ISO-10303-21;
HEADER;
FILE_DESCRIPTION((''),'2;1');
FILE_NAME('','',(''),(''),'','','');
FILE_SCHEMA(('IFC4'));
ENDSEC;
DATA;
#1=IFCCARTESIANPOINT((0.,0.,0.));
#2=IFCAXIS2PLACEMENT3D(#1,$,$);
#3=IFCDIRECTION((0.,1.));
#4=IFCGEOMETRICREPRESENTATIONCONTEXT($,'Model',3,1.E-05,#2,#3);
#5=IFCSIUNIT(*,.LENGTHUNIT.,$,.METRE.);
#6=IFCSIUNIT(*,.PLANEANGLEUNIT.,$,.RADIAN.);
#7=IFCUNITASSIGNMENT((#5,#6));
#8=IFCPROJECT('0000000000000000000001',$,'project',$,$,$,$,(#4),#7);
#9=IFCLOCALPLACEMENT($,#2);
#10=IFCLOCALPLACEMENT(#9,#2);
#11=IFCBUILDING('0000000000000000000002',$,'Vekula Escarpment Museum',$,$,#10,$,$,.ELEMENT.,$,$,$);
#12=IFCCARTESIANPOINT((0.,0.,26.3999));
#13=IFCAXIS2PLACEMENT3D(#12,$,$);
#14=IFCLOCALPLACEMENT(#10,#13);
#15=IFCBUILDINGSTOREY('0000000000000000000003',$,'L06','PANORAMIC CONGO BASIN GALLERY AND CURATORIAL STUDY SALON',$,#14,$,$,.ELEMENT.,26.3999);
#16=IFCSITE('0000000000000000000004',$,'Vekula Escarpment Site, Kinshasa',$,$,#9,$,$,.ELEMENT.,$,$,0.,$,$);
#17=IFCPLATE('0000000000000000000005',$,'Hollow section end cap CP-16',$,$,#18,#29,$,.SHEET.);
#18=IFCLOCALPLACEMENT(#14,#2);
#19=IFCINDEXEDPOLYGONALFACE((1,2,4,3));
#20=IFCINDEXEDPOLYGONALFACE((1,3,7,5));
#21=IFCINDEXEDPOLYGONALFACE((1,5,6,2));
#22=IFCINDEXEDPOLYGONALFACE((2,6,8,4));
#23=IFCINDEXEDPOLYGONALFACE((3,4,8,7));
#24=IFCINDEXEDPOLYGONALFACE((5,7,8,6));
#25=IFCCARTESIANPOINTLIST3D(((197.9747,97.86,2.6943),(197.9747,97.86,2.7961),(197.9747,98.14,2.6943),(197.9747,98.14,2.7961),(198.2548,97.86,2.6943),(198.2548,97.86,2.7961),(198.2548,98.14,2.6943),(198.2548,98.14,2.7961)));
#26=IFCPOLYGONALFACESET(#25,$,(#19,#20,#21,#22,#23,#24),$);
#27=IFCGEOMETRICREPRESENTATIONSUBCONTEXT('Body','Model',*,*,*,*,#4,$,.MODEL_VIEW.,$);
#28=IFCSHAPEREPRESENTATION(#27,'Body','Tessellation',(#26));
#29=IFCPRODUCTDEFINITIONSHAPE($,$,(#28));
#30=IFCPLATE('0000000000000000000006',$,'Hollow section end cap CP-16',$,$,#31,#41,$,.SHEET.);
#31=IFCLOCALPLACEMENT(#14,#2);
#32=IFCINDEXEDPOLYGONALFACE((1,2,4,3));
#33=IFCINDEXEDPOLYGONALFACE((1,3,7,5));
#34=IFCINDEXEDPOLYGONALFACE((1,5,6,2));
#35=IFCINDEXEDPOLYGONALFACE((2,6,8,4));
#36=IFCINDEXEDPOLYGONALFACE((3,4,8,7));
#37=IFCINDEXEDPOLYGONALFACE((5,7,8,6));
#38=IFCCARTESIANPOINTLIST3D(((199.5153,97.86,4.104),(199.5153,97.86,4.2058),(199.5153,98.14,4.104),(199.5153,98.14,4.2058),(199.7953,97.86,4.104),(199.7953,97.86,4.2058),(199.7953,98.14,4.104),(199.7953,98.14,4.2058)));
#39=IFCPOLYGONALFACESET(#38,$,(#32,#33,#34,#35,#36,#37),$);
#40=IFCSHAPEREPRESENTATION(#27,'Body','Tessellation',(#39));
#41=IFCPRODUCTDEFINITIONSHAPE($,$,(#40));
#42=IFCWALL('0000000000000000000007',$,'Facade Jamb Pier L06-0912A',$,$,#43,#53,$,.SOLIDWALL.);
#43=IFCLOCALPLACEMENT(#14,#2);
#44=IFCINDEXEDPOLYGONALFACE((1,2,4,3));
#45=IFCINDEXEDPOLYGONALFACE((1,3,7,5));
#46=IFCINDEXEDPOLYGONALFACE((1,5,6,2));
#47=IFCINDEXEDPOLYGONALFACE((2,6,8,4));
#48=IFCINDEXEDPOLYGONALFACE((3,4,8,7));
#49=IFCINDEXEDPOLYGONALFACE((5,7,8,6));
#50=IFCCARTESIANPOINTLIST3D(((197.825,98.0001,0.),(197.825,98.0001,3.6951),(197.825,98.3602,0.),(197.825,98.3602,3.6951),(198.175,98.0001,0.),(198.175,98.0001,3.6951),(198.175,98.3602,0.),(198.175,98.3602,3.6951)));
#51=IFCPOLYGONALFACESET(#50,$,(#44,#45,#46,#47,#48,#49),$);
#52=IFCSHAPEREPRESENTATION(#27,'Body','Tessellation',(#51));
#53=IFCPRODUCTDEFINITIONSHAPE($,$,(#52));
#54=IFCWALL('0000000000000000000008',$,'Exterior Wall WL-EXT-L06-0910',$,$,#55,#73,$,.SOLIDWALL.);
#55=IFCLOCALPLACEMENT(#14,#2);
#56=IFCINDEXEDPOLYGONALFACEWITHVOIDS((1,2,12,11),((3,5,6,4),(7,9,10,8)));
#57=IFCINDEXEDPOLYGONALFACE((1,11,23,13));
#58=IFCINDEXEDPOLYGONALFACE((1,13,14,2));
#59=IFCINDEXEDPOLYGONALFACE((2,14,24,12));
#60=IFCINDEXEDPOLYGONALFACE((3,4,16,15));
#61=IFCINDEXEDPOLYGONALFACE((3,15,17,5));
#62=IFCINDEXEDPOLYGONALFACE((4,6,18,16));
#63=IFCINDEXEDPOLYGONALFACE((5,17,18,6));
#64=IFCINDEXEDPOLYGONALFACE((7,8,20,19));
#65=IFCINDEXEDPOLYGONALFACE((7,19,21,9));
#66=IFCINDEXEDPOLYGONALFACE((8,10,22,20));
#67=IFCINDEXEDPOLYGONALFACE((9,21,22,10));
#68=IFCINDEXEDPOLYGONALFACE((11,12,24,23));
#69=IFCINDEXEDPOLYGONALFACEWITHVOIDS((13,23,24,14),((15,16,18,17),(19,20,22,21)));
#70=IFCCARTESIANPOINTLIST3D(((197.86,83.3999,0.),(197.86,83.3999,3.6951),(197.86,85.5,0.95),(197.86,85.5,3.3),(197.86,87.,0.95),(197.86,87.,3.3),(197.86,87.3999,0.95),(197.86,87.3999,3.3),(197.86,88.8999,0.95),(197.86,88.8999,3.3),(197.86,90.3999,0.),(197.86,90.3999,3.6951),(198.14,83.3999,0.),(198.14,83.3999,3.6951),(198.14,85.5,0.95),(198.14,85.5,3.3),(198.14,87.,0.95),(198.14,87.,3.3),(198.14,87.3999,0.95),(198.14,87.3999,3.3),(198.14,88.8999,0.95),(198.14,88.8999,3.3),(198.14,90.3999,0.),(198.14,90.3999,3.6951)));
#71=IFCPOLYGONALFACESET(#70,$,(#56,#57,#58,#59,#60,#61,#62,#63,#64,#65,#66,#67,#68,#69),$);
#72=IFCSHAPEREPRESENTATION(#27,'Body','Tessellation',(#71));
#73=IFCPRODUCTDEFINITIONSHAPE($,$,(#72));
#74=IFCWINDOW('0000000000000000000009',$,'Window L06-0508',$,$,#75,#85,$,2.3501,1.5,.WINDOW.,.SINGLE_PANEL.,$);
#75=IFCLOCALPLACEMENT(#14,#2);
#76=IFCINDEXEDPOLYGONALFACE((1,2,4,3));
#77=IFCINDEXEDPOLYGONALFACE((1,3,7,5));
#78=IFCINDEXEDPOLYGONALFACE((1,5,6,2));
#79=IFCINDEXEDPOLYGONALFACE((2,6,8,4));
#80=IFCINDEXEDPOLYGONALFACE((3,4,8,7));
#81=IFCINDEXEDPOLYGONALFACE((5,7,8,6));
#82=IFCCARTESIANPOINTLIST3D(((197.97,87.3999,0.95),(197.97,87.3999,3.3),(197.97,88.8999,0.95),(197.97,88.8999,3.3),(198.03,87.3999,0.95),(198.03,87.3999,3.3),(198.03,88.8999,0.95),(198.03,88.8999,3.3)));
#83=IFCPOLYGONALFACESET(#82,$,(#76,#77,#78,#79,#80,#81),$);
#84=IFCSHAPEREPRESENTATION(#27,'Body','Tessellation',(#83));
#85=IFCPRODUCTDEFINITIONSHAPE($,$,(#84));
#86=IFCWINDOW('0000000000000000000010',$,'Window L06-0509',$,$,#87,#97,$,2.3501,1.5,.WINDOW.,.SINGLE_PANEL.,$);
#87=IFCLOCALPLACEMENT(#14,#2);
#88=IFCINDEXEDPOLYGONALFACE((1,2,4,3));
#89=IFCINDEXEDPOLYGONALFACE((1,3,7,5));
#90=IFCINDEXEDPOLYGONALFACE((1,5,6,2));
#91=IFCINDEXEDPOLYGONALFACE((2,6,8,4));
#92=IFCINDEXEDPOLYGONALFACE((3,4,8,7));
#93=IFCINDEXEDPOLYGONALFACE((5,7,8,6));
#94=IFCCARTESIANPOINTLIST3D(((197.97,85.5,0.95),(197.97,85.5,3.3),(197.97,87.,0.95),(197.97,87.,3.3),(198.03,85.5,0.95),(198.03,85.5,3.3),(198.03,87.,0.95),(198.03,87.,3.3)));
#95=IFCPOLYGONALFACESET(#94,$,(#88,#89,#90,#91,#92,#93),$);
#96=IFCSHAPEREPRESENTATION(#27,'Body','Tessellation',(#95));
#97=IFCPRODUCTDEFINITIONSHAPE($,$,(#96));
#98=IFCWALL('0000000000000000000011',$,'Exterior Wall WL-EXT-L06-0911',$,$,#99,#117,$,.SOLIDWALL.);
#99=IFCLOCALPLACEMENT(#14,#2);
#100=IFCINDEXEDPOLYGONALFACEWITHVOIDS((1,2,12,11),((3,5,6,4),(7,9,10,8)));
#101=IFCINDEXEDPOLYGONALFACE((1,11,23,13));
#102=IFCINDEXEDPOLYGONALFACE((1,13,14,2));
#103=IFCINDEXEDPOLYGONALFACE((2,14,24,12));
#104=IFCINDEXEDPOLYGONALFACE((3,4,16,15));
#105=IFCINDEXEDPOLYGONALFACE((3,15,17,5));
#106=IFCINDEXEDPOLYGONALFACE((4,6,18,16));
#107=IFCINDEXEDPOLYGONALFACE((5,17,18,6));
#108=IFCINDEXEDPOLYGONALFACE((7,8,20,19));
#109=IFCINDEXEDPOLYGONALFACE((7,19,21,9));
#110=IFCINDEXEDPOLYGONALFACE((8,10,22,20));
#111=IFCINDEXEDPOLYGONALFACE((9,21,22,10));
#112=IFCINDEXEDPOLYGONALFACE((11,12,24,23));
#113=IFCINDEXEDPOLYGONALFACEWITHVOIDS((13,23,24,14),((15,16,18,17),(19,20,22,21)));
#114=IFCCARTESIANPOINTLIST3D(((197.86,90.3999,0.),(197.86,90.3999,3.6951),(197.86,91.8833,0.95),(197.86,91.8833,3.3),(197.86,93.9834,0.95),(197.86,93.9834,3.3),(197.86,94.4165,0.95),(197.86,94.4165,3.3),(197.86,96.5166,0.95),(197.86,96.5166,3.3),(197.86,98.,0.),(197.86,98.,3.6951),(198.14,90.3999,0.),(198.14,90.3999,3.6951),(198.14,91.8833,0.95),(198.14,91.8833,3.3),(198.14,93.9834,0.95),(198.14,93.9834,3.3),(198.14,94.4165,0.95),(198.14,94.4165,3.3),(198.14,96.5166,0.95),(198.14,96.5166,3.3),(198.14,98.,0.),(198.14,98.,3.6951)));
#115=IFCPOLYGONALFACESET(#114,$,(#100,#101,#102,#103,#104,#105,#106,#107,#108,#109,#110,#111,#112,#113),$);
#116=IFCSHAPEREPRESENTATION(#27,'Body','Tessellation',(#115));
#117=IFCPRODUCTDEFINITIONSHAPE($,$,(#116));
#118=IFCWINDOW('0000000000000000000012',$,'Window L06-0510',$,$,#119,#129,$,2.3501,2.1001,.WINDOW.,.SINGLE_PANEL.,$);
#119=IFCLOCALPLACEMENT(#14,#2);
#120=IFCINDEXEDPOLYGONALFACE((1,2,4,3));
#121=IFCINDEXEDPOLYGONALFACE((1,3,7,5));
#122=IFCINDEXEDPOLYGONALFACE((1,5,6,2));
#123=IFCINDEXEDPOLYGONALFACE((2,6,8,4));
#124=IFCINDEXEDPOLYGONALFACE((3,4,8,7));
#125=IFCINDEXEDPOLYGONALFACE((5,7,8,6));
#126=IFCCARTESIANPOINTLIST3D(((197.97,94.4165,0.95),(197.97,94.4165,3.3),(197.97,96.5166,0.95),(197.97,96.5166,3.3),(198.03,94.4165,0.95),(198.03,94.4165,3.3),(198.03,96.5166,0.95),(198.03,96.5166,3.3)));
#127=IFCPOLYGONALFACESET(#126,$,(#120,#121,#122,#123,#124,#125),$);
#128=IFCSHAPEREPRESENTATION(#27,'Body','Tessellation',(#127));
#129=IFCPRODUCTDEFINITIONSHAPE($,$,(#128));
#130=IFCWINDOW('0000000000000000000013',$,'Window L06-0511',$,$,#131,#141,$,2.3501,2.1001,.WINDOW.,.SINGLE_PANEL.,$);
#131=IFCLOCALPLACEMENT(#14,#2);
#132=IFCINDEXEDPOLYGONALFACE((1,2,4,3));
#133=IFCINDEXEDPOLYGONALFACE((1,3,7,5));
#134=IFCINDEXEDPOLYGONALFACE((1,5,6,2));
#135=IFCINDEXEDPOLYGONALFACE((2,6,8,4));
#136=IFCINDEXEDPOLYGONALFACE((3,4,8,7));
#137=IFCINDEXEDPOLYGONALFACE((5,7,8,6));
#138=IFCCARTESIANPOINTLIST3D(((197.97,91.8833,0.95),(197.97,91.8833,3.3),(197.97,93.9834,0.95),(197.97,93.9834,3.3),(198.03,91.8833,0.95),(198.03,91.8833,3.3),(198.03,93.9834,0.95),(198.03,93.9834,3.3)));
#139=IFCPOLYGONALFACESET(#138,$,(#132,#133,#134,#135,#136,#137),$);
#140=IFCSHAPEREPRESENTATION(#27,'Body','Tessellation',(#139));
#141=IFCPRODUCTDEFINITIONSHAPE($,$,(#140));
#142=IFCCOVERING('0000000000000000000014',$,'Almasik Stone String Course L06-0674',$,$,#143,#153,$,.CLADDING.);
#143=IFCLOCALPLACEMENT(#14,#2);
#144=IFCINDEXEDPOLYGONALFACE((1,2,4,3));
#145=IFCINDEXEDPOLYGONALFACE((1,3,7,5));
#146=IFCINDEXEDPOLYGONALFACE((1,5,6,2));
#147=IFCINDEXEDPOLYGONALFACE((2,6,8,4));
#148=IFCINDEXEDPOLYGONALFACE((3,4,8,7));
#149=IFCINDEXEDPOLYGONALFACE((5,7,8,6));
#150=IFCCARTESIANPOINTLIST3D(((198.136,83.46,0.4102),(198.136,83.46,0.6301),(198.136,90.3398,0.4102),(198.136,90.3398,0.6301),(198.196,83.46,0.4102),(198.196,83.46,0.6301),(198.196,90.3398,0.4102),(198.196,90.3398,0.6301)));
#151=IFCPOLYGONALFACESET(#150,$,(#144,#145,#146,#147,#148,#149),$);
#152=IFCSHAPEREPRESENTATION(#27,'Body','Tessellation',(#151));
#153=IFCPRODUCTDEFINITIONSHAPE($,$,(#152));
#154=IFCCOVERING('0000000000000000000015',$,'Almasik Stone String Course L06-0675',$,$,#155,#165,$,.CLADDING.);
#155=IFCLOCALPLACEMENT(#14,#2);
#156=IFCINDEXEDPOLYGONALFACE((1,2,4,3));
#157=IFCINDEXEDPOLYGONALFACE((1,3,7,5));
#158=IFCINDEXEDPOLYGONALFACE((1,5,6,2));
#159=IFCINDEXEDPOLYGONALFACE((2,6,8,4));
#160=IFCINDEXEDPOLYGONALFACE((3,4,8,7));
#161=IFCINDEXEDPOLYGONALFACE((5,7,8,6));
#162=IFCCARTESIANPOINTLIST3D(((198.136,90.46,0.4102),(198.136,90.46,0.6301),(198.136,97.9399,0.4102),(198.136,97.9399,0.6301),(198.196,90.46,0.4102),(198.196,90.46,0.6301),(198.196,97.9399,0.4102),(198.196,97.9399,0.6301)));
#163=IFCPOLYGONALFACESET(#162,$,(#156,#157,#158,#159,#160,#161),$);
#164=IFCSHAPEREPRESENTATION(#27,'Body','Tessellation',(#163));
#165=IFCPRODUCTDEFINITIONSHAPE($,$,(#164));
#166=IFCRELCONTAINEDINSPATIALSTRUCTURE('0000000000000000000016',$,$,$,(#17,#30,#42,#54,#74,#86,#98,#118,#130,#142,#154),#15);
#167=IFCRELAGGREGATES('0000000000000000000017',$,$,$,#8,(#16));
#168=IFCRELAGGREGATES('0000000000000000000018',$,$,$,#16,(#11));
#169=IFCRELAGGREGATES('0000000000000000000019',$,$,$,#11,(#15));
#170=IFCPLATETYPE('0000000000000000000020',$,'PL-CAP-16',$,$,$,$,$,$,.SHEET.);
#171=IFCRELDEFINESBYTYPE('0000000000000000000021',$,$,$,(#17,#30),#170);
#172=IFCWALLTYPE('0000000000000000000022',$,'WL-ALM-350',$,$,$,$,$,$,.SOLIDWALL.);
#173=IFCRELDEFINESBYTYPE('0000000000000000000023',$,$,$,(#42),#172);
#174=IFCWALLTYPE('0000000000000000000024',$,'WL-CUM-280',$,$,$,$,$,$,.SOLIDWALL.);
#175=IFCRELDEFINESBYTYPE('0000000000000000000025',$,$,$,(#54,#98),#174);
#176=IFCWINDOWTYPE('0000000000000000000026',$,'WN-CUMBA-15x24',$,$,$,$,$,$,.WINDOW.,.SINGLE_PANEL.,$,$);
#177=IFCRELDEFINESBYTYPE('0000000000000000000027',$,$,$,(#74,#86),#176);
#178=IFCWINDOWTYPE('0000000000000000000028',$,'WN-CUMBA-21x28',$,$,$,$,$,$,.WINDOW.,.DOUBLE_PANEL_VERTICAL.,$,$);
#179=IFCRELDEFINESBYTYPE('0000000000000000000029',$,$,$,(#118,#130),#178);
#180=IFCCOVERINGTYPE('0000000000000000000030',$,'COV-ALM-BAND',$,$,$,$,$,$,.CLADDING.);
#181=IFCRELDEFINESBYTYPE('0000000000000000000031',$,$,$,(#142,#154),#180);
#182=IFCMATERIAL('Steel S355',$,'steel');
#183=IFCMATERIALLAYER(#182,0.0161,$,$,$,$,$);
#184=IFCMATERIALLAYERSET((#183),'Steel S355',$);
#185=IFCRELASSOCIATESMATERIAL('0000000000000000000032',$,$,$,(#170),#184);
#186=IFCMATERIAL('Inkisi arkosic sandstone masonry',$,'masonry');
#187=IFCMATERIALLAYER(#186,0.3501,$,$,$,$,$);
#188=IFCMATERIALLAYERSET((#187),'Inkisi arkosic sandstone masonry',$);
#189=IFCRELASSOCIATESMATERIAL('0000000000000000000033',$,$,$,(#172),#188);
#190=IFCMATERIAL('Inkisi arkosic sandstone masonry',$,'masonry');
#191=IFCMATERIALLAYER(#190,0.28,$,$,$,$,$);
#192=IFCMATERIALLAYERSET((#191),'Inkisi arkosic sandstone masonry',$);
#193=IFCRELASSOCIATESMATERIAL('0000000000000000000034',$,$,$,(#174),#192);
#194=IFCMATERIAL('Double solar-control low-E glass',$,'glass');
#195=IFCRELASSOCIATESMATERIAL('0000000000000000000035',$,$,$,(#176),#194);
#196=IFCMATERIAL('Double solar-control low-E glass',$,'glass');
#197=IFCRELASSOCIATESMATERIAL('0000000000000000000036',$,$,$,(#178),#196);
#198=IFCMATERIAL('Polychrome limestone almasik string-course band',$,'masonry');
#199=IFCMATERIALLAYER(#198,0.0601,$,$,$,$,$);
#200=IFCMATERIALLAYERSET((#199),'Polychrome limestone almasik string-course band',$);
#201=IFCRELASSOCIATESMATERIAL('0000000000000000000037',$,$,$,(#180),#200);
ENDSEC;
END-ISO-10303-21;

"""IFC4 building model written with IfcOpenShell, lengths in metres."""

from ifc_helpers import new_model, si_unit, direction, frame, frame_2d, origin, origin_2d, place, context, subcontext, project, spatial, rectangle, extrude, material, layer, layer_set, type_object, element, fill, save


model = new_model("IFC4")

# Units and contexts
model_context = context("Model", 3, precision=1e-05, world=origin(), true_north=direction((0.0, 1.0)))
body_context = subcontext(model_context, "Body", "Model", "MODEL_VIEW")
ifc_project = project(units=[si_unit("LENGTHUNIT", "METRE"), si_unit("PLANEANGLEUNIT", "RADIAN")], contexts=[model_context])

# Site, building, storey
site_placement = place(None, origin())
site = spatial("IfcSite", under=ifc_project, at=site_placement, Name="Vekula Escarpment Site, Kinshasa", CompositionType="ELEMENT", RefElevation=0.0)
building_placement = place(site_placement, origin())
building = spatial("IfcBuilding", under=site, at=building_placement, Name="Vekula Escarpment Museum", CompositionType="ELEMENT")
storey_placement = place(building_placement, frame((0.0, 0.0, 26.3999)))
storey = spatial("IfcBuildingStorey", under=building, at=storey_placement, Name="L06", Description="PANORAMIC CONGO BASIN GALLERY AND CURATORIAL STUDY SALON", CompositionType="ELEMENT", Elevation=26.3999)

# Plates
ifc_material_1 = material(Name="Steel S355", Category="steel")
ifc_layer_1 = layer(ifc_material_1, 0.0161)
ifc_layer_set_1 = layer_set([ifc_layer_1], Name="Steel S355")
plate_type_1 = type_object("IfcPlateType", Name="PL-CAP-16", PredefinedType="SHEET", material=ifc_layer_set_1)
for number, where, z_axis, x_axis, name in (
    (1, (198.1147, 98.0, 2.6943), (0.0, 0.0, 1.0), (1.0, 0.0, 0.0), "Hollow section end cap CP-16"),
    (2, (199.6553, 98.0, 4.104), (0.0, 0.0, 1.0), (1.0, 0.0, 0.0), "Hollow section end cap CP-16"),
):
    element("IfcPlate", number, at=place(storey_placement, frame(where, z_axis=z_axis, x_axis=x_axis)), inside=storey, type_object=plate_type_1, Name=name, PredefinedType="SHEET", context=body_context, shape_type="SweptSolid", body=[
        extrude(rectangle(XDim=0.28, YDim=0.28, at=origin_2d()), origin(), (0.0, 0.0, 1.0), 0.1018),
    ])

# Wall
ifc_material_2 = material(Name="Inkisi arkosic sandstone masonry", Category="masonry")
ifc_layer_2 = layer(ifc_material_2, 0.3501)
ifc_layer_set_2 = layer_set([ifc_layer_2], Name="Inkisi arkosic sandstone masonry")
wall_type_1 = type_object("IfcWallType", Name="WL-ALM-350", PredefinedType="SOLIDWALL", material=ifc_layer_set_2)
wall_1_placement = place(storey_placement, frame((198.0, 98.0, 0.0), z_axis=(0.0, 0.0, 1.0), x_axis=(0.0, 1.0, 0.0)))
element("IfcWall", 3, at=wall_1_placement, inside=storey, type_object=wall_type_1, Name="Facade Jamb Pier L06-0912A", PredefinedType="SOLIDWALL", context=body_context, shape_type="SweptSolid", body=[
    extrude(rectangle(XDim=0.3601, YDim=0.3501, at=frame_2d((0.1802, 0.0))), origin(), (0.0, 0.0, 1.0), 3.6951),
])

# Walls, openings, windows
ifc_material_3 = material(Name="Inkisi arkosic sandstone masonry", Category="masonry")
ifc_layer_3 = layer(ifc_material_3, 0.28)
ifc_layer_set_3 = layer_set([ifc_layer_3], Name="Inkisi arkosic sandstone masonry")
wall_type_2 = type_object("IfcWallType", Name="WL-CUM-280", PredefinedType="SOLIDWALL", material=ifc_layer_set_3)
wall_2_placement = place(storey_placement, frame((198.0, 90.3999, 0.0), z_axis=(0.0, 0.0, 1.0), x_axis=(0.0, -1.0, 0.0)))
wall_2 = element("IfcWall", 4, at=wall_2_placement, inside=storey, type_object=wall_type_2, Name="Exterior Wall WL-EXT-L06-0910", PredefinedType="SOLIDWALL", context=body_context, shape_type="SweptSolid", body=[
    extrude(rectangle(XDim=7.0, YDim=0.28, at=frame_2d((3.5, 0.0))), origin(), (0.0, 0.0, 1.0), 3.6951),
])
opening_1_placement = place(wall_2_placement, frame((1.5, 0.0, 0.95)))
opening_1 = element("IfcOpeningElement", 5, at=opening_1_placement, cuts=wall_2, PredefinedType="OPENING", context=body_context, shape_type="SweptSolid", body=[
    extrude(rectangle(XDim=1.5, YDim=2.3501, at=frame_2d((0.75, 1.175))), frame((0.0, 0.1499, 0.0), z_axis=(0.0, -1.0, 0.0), x_axis=(1.0, 0.0, 0.0)), (0.0, 0.0, 1.0), 0.3),
])
opening_2_placement = place(wall_2_placement, frame((3.3999, 0.0, 0.95)))
opening_2 = element("IfcOpeningElement", 6, at=opening_2_placement, cuts=wall_2, PredefinedType="OPENING", context=body_context, shape_type="SweptSolid", body=[
    extrude(rectangle(XDim=1.5, YDim=2.3501, at=frame_2d((0.75, 1.175))), frame((0.0, 0.1499, 0.0), z_axis=(0.0, -1.0, 0.0), x_axis=(1.0, 0.0, 0.0)), (0.0, 0.0, 1.0), 0.3),
])
ifc_material_4 = material(Name="Double solar-control low-E glass", Category="glass")
window_type_1 = type_object("IfcWindowType", Name="WN-CUMBA-15x24", PartitioningType="SINGLE_PANEL", PredefinedType="WINDOW", material=ifc_material_4)
window_1_placement = place(opening_1_placement, origin())
window_1 = element("IfcWindow", 7, at=window_1_placement, inside=storey, type_object=window_type_1, Name="Window L06-0508", OverallHeight=2.3501, OverallWidth=1.5, PartitioningType="SINGLE_PANEL", PredefinedType="WINDOW", context=body_context, shape_type="SweptSolid", body=[
    extrude(rectangle(XDim=1.5, YDim=2.3501, at=frame_2d((0.75, 1.175))), frame((0.0, 0.03, 0.0), z_axis=(0.0, -1.0, 0.0), x_axis=(1.0, 0.0, 0.0)), (0.0, 0.0, 1.0), 0.0601),
])
fill(opening_1, window_1)
window_2_placement = place(opening_2_placement, origin())
window_2 = element("IfcWindow", 8, at=window_2_placement, inside=storey, type_object=window_type_1, Name="Window L06-0509", OverallHeight=2.3501, OverallWidth=1.5, PartitioningType="SINGLE_PANEL", PredefinedType="WINDOW", context=body_context, shape_type="SweptSolid", body=[
    extrude(rectangle(XDim=1.5, YDim=2.3501, at=frame_2d((0.75, 1.175))), frame((0.0, 0.03, 0.0), z_axis=(0.0, -1.0, 0.0), x_axis=(1.0, 0.0, 0.0)), (0.0, 0.0, 1.0), 0.0601),
])
fill(opening_2, window_2)
wall_3_placement = place(storey_placement, frame((198.0, 98.0, 0.0), z_axis=(0.0, 0.0, 1.0), x_axis=(0.0, -1.0, 0.0)))
wall_3 = element("IfcWall", 9, at=wall_3_placement, inside=storey, type_object=wall_type_2, Name="Exterior Wall WL-EXT-L06-0911", PredefinedType="SOLIDWALL", context=body_context, shape_type="SweptSolid", body=[
    extrude(rectangle(XDim=7.6001, YDim=0.28, at=frame_2d((3.8, 0.0))), origin(), (0.0, 0.0, 1.0), 3.6951),
])
opening_3_placement = place(wall_3_placement, frame((1.4834, 0.0, 0.95)))
opening_3 = element("IfcOpeningElement", 10, at=opening_3_placement, cuts=wall_3, PredefinedType="OPENING", context=body_context, shape_type="SweptSolid", body=[
    extrude(rectangle(XDim=2.1001, YDim=2.3501, at=frame_2d((1.05, 1.175))), frame((0.0, 0.1499, 0.0), z_axis=(0.0, -1.0, 0.0), x_axis=(1.0, 0.0, 0.0)), (0.0, 0.0, 1.0), 0.3),
])
opening_4_placement = place(wall_3_placement, frame((4.0166, 0.0, 0.95)))
opening_4 = element("IfcOpeningElement", 11, at=opening_4_placement, cuts=wall_3, PredefinedType="OPENING", context=body_context, shape_type="SweptSolid", body=[
    extrude(rectangle(XDim=2.1001, YDim=2.3501, at=frame_2d((1.05, 1.175))), frame((0.0, 0.1499, 0.0), z_axis=(0.0, -1.0, 0.0), x_axis=(1.0, 0.0, 0.0)), (0.0, 0.0, 1.0), 0.3),
])
ifc_material_5 = material(Name="Double solar-control low-E glass", Category="glass")
window_type_2 = type_object("IfcWindowType", Name="WN-CUMBA-21x28", PartitioningType="DOUBLE_PANEL_VERTICAL", PredefinedType="WINDOW", material=ifc_material_5)
window_3_placement = place(opening_3_placement, origin())
window_3 = element("IfcWindow", 12, at=window_3_placement, inside=storey, type_object=window_type_2, Name="Window L06-0510", OverallHeight=2.3501, OverallWidth=2.1001, PartitioningType="SINGLE_PANEL", PredefinedType="WINDOW", context=body_context, shape_type="SweptSolid", body=[
    extrude(rectangle(XDim=2.1001, YDim=2.3501, at=frame_2d((1.05, 1.175))), frame((0.0, 0.03, 0.0), z_axis=(0.0, -1.0, 0.0), x_axis=(1.0, 0.0, 0.0)), (0.0, 0.0, 1.0), 0.0601),
])
fill(opening_3, window_3)
window_4_placement = place(opening_4_placement, origin())
window_4 = element("IfcWindow", 13, at=window_4_placement, inside=storey, type_object=window_type_2, Name="Window L06-0511", OverallHeight=2.3501, OverallWidth=2.1001, PartitioningType="SINGLE_PANEL", PredefinedType="WINDOW", context=body_context, shape_type="SweptSolid", body=[
    extrude(rectangle(XDim=2.1001, YDim=2.3501, at=frame_2d((1.05, 1.175))), frame((0.0, 0.03, 0.0), z_axis=(0.0, -1.0, 0.0), x_axis=(1.0, 0.0, 0.0)), (0.0, 0.0, 1.0), 0.0601),
])
fill(opening_4, window_4)

# Coverings
ifc_material_6 = material(Name="Polychrome limestone almasik string-course band", Category="masonry")
ifc_layer_4 = layer(ifc_material_6, 0.0601)
ifc_layer_set_4 = layer_set([ifc_layer_4], Name="Polychrome limestone almasik string-course band")
covering_type = type_object("IfcCoveringType", Name="COV-ALM-BAND", PredefinedType="CLADDING", material=ifc_layer_set_4)
covering_1_placement = place(storey_placement, frame((198.166, 86.8999, 0.4102), z_axis=(0.0, 0.0, 1.0), x_axis=(0.0, 1.0, 0.0)))
element("IfcCovering", 14, at=covering_1_placement, inside=storey, type_object=covering_type, Name="Almasik Stone String Course L06-0674", PredefinedType="CLADDING", context=body_context, shape_type="SweptSolid", body=[
    extrude(rectangle(XDim=6.8799, YDim=0.0601, at=origin_2d()), origin(), (0.0, 0.0, 1.0), 0.22),
])
covering_2_placement = place(storey_placement, frame((198.166, 94.2, 0.4102), z_axis=(0.0, 0.0, 1.0), x_axis=(0.0, 1.0, 0.0)))
element("IfcCovering", 15, at=covering_2_placement, inside=storey, type_object=covering_type, Name="Almasik Stone String Course L06-0675", PredefinedType="CLADDING", context=body_context, shape_type="SweptSolid", body=[
    extrude(rectangle(XDim=7.48, YDim=0.0601, at=origin_2d()), origin(), (0.0, 0.0, 1.0), 0.22),
])

save(model, "model.ifc")
